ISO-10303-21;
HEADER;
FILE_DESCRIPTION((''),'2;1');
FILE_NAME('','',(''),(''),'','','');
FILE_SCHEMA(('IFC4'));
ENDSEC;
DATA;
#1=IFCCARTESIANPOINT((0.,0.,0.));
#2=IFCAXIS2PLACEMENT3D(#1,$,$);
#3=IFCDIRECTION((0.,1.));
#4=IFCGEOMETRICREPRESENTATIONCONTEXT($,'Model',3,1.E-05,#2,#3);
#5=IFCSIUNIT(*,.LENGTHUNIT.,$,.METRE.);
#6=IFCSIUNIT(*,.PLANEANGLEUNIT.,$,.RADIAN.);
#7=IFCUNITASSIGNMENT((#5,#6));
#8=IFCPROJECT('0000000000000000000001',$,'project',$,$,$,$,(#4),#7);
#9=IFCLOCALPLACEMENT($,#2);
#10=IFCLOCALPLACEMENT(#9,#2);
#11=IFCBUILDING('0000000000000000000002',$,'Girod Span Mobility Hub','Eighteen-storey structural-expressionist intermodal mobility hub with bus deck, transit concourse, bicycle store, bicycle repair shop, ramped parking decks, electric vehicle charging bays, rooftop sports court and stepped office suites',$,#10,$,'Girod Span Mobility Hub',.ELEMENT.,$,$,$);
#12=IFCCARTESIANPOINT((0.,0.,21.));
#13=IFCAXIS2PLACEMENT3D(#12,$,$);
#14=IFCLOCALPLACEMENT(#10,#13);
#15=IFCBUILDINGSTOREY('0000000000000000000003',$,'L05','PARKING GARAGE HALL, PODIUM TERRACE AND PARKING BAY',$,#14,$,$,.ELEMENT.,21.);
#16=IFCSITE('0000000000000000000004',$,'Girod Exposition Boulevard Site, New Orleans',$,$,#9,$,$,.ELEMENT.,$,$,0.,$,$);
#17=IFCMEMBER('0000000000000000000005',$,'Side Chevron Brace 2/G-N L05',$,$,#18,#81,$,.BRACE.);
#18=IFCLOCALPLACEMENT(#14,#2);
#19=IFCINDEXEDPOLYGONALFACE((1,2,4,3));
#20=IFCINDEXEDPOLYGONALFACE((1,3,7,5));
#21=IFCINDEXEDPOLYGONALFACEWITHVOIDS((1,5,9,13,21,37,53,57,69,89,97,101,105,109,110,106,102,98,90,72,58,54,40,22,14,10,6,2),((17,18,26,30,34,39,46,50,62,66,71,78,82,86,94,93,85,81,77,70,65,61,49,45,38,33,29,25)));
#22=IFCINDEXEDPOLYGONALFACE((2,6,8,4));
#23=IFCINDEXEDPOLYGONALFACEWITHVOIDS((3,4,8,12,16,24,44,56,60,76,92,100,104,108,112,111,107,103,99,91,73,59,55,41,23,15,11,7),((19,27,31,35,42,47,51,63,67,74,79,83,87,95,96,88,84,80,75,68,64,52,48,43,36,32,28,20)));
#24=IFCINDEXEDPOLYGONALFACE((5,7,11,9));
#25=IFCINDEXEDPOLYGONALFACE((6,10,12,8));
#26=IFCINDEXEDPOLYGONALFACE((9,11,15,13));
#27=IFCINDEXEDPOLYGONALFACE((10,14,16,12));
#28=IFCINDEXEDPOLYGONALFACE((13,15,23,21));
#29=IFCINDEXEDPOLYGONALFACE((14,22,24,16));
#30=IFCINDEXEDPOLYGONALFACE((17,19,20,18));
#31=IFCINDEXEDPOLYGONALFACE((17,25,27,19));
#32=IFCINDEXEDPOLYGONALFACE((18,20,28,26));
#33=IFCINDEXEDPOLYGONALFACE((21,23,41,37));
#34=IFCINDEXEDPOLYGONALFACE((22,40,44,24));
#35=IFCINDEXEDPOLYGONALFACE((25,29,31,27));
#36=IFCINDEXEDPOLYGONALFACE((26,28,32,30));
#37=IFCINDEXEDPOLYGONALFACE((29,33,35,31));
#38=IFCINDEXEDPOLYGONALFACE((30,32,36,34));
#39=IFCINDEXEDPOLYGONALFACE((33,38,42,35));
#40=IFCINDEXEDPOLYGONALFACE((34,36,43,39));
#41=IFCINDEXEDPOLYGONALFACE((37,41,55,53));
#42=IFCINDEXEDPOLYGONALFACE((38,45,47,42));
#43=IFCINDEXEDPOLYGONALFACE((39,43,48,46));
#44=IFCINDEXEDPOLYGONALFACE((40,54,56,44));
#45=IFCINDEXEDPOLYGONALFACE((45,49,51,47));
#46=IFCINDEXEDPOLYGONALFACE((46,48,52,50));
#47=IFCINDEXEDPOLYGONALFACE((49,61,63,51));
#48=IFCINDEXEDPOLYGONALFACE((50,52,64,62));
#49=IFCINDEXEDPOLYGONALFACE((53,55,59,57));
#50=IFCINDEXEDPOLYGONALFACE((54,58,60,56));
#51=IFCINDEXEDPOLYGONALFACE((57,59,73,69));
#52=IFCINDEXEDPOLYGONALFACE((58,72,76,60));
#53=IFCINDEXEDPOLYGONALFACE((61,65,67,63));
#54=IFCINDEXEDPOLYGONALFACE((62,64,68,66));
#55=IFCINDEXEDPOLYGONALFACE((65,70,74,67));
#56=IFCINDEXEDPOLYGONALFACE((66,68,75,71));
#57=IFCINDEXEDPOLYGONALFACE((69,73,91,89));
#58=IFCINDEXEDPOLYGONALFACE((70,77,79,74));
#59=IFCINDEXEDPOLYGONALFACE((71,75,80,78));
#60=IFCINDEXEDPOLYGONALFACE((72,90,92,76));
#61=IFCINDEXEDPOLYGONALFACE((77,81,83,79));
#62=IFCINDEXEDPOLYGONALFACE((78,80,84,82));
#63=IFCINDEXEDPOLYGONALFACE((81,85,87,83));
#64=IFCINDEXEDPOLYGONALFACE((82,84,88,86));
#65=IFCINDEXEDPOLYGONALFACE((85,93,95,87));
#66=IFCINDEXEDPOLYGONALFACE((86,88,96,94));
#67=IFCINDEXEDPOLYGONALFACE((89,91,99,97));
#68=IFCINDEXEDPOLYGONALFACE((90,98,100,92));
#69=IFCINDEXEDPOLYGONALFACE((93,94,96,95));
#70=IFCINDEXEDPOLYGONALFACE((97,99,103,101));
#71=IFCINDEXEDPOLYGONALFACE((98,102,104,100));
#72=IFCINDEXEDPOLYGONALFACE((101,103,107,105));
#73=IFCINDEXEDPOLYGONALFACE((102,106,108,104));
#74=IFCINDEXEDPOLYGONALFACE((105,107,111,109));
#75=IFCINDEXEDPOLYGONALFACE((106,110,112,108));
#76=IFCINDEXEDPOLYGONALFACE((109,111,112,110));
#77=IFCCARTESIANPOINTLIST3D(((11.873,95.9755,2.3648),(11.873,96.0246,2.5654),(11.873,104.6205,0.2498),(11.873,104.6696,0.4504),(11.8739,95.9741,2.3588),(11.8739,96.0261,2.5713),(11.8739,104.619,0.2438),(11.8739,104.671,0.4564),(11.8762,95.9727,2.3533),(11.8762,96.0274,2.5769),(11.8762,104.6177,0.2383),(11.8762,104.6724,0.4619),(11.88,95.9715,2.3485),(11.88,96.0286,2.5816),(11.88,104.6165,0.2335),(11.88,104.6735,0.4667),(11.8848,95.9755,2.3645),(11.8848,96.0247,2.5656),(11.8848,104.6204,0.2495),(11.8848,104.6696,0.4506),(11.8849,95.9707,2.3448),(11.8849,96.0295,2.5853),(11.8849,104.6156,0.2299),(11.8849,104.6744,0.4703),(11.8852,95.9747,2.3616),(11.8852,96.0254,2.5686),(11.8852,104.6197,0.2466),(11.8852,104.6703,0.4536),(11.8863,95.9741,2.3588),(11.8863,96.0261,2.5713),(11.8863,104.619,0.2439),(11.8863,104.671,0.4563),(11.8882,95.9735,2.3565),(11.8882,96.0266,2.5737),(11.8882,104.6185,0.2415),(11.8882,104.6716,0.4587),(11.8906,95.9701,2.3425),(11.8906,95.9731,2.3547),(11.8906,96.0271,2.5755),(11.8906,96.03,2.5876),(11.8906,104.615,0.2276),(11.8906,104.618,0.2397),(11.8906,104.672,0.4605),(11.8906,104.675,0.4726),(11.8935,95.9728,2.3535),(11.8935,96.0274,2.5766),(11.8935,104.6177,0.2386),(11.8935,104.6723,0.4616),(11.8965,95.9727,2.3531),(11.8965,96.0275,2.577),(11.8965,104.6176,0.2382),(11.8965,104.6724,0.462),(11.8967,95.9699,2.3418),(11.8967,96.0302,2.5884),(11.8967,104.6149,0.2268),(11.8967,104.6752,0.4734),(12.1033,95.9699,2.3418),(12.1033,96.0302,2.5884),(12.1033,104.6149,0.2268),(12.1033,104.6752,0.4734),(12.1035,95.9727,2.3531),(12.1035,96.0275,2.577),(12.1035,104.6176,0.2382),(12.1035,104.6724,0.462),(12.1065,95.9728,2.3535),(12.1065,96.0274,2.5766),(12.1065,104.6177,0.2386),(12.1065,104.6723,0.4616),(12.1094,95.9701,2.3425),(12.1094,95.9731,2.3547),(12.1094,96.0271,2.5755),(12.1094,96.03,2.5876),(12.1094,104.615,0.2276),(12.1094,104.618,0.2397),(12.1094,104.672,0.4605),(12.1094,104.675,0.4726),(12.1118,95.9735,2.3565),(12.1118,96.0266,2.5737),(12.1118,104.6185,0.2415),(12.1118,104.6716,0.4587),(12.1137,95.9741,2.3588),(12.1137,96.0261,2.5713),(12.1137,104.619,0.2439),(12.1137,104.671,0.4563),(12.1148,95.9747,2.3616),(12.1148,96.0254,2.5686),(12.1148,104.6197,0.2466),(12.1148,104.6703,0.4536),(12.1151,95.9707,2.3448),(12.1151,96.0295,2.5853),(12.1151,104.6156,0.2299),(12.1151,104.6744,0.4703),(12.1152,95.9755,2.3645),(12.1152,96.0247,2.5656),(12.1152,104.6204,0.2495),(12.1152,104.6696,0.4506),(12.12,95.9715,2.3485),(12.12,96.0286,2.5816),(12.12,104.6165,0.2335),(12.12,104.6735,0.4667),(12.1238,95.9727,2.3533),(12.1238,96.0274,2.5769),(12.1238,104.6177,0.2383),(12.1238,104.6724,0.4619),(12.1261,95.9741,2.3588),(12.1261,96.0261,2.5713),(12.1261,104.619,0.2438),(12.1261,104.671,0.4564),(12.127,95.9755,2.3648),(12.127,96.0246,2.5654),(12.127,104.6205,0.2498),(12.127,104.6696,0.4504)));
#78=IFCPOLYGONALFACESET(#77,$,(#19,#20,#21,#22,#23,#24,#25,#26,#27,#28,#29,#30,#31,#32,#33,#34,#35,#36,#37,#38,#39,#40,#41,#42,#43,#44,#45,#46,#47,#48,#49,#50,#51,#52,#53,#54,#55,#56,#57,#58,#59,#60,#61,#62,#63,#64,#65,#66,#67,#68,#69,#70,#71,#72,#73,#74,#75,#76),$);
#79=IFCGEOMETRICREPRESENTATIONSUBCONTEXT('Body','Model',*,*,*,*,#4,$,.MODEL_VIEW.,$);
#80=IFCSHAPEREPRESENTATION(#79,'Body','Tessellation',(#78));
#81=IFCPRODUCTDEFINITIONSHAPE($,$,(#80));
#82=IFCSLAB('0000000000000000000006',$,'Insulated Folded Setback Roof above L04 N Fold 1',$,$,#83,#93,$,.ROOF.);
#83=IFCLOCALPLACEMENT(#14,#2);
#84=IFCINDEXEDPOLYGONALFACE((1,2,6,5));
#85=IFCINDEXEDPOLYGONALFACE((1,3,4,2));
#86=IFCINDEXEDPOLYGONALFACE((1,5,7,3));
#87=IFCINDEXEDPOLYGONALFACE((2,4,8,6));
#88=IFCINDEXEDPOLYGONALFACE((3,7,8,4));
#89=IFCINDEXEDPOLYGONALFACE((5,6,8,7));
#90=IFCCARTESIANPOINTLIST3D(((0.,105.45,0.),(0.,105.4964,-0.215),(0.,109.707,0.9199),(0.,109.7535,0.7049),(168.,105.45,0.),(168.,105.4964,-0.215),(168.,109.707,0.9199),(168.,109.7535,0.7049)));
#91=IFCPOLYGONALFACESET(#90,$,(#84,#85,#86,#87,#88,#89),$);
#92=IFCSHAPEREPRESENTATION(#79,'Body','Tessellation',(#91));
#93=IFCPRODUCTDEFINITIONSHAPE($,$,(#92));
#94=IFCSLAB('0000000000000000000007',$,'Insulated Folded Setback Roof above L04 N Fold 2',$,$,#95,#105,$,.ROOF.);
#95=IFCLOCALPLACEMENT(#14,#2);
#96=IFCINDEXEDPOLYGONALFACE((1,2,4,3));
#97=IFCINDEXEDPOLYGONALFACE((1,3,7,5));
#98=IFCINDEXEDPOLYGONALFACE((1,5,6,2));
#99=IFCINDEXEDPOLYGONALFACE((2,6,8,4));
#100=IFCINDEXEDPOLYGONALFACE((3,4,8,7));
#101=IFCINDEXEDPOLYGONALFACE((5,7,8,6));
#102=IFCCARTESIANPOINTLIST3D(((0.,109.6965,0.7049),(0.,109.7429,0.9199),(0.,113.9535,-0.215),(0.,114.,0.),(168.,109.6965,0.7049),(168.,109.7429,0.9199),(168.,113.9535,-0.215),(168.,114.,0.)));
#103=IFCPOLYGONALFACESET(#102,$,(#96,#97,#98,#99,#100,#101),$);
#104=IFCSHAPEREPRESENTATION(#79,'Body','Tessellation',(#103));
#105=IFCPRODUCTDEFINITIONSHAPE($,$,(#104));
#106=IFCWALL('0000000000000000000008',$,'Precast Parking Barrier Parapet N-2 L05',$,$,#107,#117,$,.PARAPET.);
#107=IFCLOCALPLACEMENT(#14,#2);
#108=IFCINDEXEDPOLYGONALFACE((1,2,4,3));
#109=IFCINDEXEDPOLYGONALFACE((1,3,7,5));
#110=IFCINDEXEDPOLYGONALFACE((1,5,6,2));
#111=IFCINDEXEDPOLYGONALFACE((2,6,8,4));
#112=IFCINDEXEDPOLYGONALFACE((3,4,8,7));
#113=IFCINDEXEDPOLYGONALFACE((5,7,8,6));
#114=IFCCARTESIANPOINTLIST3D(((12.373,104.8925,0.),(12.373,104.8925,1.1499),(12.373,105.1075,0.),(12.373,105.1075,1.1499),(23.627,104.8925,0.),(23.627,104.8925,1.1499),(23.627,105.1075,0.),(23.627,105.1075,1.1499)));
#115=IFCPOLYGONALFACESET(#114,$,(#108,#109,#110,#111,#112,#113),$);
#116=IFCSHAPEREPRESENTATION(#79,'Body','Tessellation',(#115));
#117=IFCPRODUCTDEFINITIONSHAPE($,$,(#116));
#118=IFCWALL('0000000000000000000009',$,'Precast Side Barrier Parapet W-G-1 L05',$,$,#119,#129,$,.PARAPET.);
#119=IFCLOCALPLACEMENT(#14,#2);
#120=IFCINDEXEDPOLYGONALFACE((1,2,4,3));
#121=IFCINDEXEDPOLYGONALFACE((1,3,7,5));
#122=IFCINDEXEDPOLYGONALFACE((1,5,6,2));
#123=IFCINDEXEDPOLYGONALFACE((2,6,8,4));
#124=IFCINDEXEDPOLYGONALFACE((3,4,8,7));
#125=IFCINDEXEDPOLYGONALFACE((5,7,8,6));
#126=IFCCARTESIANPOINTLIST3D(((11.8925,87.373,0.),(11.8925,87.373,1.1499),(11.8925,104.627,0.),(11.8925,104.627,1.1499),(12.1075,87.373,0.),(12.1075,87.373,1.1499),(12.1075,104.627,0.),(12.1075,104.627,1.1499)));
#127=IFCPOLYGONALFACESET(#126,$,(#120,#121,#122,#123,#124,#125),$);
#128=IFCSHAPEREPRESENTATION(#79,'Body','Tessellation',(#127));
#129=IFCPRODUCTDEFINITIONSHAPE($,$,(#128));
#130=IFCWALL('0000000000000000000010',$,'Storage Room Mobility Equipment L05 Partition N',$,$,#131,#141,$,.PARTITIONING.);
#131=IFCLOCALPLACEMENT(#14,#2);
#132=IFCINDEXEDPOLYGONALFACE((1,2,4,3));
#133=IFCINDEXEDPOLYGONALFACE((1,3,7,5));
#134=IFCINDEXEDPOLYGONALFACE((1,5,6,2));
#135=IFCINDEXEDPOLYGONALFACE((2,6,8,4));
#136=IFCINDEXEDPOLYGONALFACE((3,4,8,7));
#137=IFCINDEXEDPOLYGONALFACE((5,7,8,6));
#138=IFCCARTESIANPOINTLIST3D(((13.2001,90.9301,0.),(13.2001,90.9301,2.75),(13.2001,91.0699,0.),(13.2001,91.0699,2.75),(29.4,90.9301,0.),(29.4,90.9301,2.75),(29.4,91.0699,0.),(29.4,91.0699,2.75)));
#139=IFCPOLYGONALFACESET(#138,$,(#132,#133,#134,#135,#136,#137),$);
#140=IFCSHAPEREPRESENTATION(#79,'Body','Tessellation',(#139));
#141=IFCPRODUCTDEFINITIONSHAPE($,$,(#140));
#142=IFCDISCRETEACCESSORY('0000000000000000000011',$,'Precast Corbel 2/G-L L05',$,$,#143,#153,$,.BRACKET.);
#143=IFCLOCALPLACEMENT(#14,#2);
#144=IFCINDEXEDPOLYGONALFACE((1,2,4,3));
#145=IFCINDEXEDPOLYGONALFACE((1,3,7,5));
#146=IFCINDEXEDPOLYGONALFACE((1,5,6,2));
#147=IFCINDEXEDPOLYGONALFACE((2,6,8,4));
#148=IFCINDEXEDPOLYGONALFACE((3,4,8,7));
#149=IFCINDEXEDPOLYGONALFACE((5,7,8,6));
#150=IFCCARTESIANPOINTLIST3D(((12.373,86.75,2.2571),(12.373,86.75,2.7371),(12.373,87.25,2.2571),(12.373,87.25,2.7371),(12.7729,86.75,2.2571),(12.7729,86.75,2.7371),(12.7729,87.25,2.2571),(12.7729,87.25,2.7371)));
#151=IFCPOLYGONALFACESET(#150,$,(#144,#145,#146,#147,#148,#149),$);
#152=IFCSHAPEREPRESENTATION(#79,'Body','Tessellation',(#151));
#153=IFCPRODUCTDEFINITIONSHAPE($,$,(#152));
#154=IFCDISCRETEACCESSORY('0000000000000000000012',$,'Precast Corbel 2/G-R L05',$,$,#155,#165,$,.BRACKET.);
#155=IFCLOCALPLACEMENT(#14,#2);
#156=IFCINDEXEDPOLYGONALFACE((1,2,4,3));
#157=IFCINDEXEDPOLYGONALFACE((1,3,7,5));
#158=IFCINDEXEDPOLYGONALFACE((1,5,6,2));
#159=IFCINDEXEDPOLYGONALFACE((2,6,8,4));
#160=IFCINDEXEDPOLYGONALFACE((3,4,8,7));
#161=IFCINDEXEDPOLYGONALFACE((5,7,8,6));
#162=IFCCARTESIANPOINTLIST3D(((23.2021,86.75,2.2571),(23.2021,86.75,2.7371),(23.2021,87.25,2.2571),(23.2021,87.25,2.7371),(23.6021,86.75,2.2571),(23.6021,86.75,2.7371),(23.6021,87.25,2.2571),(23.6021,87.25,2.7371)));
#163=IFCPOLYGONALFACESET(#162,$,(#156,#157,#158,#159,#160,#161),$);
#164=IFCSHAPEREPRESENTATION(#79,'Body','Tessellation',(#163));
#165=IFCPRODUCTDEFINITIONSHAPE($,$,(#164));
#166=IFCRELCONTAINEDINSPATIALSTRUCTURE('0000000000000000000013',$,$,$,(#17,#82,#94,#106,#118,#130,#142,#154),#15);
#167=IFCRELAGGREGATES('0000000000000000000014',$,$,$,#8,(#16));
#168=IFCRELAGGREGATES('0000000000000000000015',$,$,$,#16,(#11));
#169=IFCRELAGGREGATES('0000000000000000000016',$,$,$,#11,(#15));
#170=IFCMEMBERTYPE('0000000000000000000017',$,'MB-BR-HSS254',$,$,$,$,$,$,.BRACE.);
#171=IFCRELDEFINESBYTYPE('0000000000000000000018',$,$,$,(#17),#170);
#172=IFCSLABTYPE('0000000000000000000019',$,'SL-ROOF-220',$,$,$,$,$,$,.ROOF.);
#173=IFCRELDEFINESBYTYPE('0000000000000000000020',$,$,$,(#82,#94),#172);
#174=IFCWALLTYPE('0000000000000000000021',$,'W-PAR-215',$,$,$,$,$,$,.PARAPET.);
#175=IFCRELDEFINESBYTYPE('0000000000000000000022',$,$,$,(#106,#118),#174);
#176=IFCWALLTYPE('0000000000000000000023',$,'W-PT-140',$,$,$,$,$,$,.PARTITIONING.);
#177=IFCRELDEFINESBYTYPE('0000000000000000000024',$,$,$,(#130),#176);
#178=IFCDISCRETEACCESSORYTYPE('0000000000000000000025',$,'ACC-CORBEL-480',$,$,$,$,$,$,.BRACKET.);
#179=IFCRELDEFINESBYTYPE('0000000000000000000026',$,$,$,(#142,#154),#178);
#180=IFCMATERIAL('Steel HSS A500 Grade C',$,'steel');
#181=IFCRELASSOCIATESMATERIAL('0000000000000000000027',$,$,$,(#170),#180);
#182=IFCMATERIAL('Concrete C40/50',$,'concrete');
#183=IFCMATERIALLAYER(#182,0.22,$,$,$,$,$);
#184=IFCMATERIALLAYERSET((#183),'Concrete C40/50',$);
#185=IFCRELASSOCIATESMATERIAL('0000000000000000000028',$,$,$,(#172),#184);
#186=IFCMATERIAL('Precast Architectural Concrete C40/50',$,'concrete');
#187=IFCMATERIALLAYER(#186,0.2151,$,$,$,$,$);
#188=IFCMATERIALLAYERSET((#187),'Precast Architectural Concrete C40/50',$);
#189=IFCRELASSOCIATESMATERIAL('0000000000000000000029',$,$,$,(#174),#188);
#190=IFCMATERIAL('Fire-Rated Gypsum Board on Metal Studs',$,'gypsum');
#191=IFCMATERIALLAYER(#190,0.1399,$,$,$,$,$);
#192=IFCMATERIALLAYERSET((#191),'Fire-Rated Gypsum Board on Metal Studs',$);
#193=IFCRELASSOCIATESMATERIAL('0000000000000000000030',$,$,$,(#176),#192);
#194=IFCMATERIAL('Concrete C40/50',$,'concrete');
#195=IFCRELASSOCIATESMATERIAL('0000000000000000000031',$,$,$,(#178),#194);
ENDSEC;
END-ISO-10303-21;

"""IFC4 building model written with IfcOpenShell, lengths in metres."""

from ifc_helpers import new_model, si_unit, direction, frame, frame_2d, origin, origin_2d, place, context, subcontext, project, spatial, polyline, rectangle, hollow_rectangle, outline, extrude, material, layer, layer_set, material_profile, profile_set, type_object, element, save


model = new_model("IFC4")

# Units and contexts
model_context = context("Model", 3, precision=1e-05, world=origin(), true_north=direction((0.0, 1.0)))
body_context = subcontext(model_context, "Body", "Model", "MODEL_VIEW")
ifc_project = project(units=[si_unit("LENGTHUNIT", "METRE"), si_unit("PLANEANGLEUNIT", "RADIAN")], contexts=[model_context])

# Site, building, storey
site_placement = place(None, origin())
site = spatial("IfcSite", under=ifc_project, at=site_placement, Name="Girod Exposition Boulevard Site, New Orleans", CompositionType="ELEMENT", RefElevation=0.0)
building_placement = place(site_placement, origin())
building = spatial("IfcBuilding", under=site, at=building_placement, Name="Girod Span Mobility Hub", Description="Eighteen-storey structural-expressionist intermodal mobility hub with bus deck, transit concourse, bicycle store, bicycle repair shop, ramped parking decks, electric vehicle charging bays, rooftop sports court and stepped office suites", LongName="Girod Span Mobility Hub", CompositionType="ELEMENT")
storey_placement = place(building_placement, frame((0.0, 0.0, 21.0)))
storey = spatial("IfcBuildingStorey", under=building, at=storey_placement, Name="L05", Description="PARKING GARAGE HALL, PODIUM TERRACE AND PARKING BAY", CompositionType="ELEMENT", Elevation=21.0)

# Member
ifc_material_1 = material(Name="Steel HSS A500 Grade C", Category="steel")
ifc_material_profile_1 = material_profile(ifc_material_1, hollow_rectangle(XDim=0.2539, YDim=0.2539, WallThickness=0.0117, InnerFilletRadius=0.0117, OuterFilletRadius=0.0237, at=origin_2d()), Name="HSS254X254X12.7")
ifc_profile_set_1 = profile_set([ifc_material_profile_1], Name="Steel HSS A500 Grade C")
member_type = type_object("IfcMemberType", Name="MB-BR-HSS254", PredefinedType="BRACE", material=ifc_profile_set_1)
for number, where, z_axis, x_axis, name in (
    (1, (12.0, 104.645, 0.3501), (0.0, -0.971353, 0.23764), (1.0, 0.0, 0.0), "Side Chevron Brace 2/G-N L05"),
):
    element("IfcMember", number, at=place(storey_placement, frame(where, z_axis=z_axis, x_axis=x_axis)), inside=storey, type_object=member_type, Name=name, PredefinedType="BRACE", context=body_context, shape_type="SweptSolid", body=[
        extrude(hollow_rectangle(XDim=0.2539, YDim=0.2539, WallThickness=0.0117, InnerFilletRadius=0.0117, OuterFilletRadius=0.0237, at=origin_2d()), origin(), (0.0, 0.0, 1.0), 8.8999),
    ])

# Slabs
ifc_material_2 = material(Name="Concrete C40/50", Category="concrete")
ifc_layer_1 = layer(ifc_material_2, 0.22)
ifc_layer_set_1 = layer_set([ifc_layer_1], Name="Concrete C40/50")
slab_type = type_object("IfcSlabType", Name="SL-ROOF-220", PredefinedType="ROOF", material=ifc_layer_set_1)
for number, where, z_axis, x_axis, name in (
    (2, (0.0, 105.45, 0.0), (0.0, -0.211217, 0.977439), (1.0, 0.0, 0.0), "Insulated Folded Setback Roof above L04 N Fold 1"),
    (3, (0.0, 109.7429, 0.9199), (0.0, 0.211217, 0.977439), (1.0, 0.0, 0.0), "Insulated Folded Setback Roof above L04 N Fold 2"),
):
    element("IfcSlab", number, at=place(storey_placement, frame(where, z_axis=z_axis, x_axis=x_axis)), inside=storey, type_object=slab_type, Name=name, PredefinedType="ROOF", context=body_context, shape_type="SweptSolid", body=[
        extrude(outline(polyline([(0.0, 0.0), (168.0, 0.0), (168.0, 4.3553), (0.0, 4.3553), (0.0, 0.0)])), origin(), (0.0, 0.0, -1.0), 0.22),
    ])

# Walls
ifc_material_3 = material(Name="Precast Architectural Concrete C40/50", Category="concrete")
ifc_layer_2 = layer(ifc_material_3, 0.2151)
ifc_layer_set_2 = layer_set([ifc_layer_2], Name="Precast Architectural Concrete C40/50")
wall_type_1 = type_object("IfcWallType", Name="W-PAR-215", PredefinedType="PARAPET", material=ifc_layer_set_2)
wall_1_placement = place(storey_placement, frame((12.373, 105.0, 0.0), z_axis=(0.0, 0.0, 1.0), x_axis=(1.0, 0.0, 0.0)))
element("IfcWall", 4, at=wall_1_placement, inside=storey, type_object=wall_type_1, Name="Precast Parking Barrier Parapet N-2 L05", PredefinedType="PARAPET", context=body_context, shape_type="SweptSolid", body=[
    extrude(rectangle(XDim=11.2539, YDim=0.2151, at=frame_2d((5.627, 0.0))), origin(), (0.0, 0.0, 1.0), 1.1499),
])
wall_2_placement = place(storey_placement, frame((12.0, 87.373, 0.0), z_axis=(0.0, 0.0, 1.0), x_axis=(0.0, 1.0, 0.0)))
element("IfcWall", 5, at=wall_2_placement, inside=storey, type_object=wall_type_1, Name="Precast Side Barrier Parapet W-G-1 L05", PredefinedType="PARAPET", context=body_context, shape_type="SweptSolid", body=[
    extrude(rectangle(XDim=17.2539, YDim=0.2151, at=frame_2d((8.627, 0.0))), origin(), (0.0, 0.0, 1.0), 1.1499),
])
ifc_material_4 = material(Name="Fire-Rated Gypsum Board on Metal Studs", Category="gypsum")
ifc_layer_3 = layer(ifc_material_4, 0.1399)
ifc_layer_set_3 = layer_set([ifc_layer_3], Name="Fire-Rated Gypsum Board on Metal Studs")
wall_type_2 = type_object("IfcWallType", Name="W-PT-140", PredefinedType="PARTITIONING", material=ifc_layer_set_3)
wall_3_placement = place(storey_placement, frame((13.2, 91.0, 0.0), z_axis=(0.0, 0.0, 1.0), x_axis=(1.0, 0.0, 0.0)))
element("IfcWall", 6, at=wall_3_placement, inside=storey, type_object=wall_type_2, Name="Storage Room Mobility Equipment L05 Partition N", PredefinedType="PARTITIONING", context=body_context, shape_type="SweptSolid", body=[
    extrude(rectangle(XDim=16.2, YDim=0.1399, at=frame_2d((8.1001, 0.0))), origin(), (0.0, 0.0, 1.0), 2.75),
])

# Discrete accessories
ifc_material_5 = material(Name="Concrete C40/50", Category="concrete")
discrete_accessory_type = type_object("IfcDiscreteAccessoryType", Name="ACC-CORBEL-480", PredefinedType="BRACKET", material=ifc_material_5)
for number, where, z_axis, x_axis, name in (
    (7, (12.573, 87.0, 2.2571), (0.0, 0.0, 1.0), (1.0, 0.0, 0.0), "Precast Corbel 2/G-L L05"),
    (8, (23.4021, 87.0, 2.2571), (0.0, 0.0, 1.0), (1.0, 0.0, 0.0), "Precast Corbel 2/G-R L05"),
):
    element("IfcDiscreteAccessory", number, at=place(storey_placement, frame(where, z_axis=z_axis, x_axis=x_axis)), inside=storey, type_object=discrete_accessory_type, Name=name, PredefinedType="BRACKET", context=body_context, shape_type="SweptSolid", body=[
        extrude(rectangle(XDim=0.3999, YDim=0.5, at=origin_2d()), origin(), (0.0, 0.0, 1.0), 0.48),
    ])

save(model, "model.ifc")
